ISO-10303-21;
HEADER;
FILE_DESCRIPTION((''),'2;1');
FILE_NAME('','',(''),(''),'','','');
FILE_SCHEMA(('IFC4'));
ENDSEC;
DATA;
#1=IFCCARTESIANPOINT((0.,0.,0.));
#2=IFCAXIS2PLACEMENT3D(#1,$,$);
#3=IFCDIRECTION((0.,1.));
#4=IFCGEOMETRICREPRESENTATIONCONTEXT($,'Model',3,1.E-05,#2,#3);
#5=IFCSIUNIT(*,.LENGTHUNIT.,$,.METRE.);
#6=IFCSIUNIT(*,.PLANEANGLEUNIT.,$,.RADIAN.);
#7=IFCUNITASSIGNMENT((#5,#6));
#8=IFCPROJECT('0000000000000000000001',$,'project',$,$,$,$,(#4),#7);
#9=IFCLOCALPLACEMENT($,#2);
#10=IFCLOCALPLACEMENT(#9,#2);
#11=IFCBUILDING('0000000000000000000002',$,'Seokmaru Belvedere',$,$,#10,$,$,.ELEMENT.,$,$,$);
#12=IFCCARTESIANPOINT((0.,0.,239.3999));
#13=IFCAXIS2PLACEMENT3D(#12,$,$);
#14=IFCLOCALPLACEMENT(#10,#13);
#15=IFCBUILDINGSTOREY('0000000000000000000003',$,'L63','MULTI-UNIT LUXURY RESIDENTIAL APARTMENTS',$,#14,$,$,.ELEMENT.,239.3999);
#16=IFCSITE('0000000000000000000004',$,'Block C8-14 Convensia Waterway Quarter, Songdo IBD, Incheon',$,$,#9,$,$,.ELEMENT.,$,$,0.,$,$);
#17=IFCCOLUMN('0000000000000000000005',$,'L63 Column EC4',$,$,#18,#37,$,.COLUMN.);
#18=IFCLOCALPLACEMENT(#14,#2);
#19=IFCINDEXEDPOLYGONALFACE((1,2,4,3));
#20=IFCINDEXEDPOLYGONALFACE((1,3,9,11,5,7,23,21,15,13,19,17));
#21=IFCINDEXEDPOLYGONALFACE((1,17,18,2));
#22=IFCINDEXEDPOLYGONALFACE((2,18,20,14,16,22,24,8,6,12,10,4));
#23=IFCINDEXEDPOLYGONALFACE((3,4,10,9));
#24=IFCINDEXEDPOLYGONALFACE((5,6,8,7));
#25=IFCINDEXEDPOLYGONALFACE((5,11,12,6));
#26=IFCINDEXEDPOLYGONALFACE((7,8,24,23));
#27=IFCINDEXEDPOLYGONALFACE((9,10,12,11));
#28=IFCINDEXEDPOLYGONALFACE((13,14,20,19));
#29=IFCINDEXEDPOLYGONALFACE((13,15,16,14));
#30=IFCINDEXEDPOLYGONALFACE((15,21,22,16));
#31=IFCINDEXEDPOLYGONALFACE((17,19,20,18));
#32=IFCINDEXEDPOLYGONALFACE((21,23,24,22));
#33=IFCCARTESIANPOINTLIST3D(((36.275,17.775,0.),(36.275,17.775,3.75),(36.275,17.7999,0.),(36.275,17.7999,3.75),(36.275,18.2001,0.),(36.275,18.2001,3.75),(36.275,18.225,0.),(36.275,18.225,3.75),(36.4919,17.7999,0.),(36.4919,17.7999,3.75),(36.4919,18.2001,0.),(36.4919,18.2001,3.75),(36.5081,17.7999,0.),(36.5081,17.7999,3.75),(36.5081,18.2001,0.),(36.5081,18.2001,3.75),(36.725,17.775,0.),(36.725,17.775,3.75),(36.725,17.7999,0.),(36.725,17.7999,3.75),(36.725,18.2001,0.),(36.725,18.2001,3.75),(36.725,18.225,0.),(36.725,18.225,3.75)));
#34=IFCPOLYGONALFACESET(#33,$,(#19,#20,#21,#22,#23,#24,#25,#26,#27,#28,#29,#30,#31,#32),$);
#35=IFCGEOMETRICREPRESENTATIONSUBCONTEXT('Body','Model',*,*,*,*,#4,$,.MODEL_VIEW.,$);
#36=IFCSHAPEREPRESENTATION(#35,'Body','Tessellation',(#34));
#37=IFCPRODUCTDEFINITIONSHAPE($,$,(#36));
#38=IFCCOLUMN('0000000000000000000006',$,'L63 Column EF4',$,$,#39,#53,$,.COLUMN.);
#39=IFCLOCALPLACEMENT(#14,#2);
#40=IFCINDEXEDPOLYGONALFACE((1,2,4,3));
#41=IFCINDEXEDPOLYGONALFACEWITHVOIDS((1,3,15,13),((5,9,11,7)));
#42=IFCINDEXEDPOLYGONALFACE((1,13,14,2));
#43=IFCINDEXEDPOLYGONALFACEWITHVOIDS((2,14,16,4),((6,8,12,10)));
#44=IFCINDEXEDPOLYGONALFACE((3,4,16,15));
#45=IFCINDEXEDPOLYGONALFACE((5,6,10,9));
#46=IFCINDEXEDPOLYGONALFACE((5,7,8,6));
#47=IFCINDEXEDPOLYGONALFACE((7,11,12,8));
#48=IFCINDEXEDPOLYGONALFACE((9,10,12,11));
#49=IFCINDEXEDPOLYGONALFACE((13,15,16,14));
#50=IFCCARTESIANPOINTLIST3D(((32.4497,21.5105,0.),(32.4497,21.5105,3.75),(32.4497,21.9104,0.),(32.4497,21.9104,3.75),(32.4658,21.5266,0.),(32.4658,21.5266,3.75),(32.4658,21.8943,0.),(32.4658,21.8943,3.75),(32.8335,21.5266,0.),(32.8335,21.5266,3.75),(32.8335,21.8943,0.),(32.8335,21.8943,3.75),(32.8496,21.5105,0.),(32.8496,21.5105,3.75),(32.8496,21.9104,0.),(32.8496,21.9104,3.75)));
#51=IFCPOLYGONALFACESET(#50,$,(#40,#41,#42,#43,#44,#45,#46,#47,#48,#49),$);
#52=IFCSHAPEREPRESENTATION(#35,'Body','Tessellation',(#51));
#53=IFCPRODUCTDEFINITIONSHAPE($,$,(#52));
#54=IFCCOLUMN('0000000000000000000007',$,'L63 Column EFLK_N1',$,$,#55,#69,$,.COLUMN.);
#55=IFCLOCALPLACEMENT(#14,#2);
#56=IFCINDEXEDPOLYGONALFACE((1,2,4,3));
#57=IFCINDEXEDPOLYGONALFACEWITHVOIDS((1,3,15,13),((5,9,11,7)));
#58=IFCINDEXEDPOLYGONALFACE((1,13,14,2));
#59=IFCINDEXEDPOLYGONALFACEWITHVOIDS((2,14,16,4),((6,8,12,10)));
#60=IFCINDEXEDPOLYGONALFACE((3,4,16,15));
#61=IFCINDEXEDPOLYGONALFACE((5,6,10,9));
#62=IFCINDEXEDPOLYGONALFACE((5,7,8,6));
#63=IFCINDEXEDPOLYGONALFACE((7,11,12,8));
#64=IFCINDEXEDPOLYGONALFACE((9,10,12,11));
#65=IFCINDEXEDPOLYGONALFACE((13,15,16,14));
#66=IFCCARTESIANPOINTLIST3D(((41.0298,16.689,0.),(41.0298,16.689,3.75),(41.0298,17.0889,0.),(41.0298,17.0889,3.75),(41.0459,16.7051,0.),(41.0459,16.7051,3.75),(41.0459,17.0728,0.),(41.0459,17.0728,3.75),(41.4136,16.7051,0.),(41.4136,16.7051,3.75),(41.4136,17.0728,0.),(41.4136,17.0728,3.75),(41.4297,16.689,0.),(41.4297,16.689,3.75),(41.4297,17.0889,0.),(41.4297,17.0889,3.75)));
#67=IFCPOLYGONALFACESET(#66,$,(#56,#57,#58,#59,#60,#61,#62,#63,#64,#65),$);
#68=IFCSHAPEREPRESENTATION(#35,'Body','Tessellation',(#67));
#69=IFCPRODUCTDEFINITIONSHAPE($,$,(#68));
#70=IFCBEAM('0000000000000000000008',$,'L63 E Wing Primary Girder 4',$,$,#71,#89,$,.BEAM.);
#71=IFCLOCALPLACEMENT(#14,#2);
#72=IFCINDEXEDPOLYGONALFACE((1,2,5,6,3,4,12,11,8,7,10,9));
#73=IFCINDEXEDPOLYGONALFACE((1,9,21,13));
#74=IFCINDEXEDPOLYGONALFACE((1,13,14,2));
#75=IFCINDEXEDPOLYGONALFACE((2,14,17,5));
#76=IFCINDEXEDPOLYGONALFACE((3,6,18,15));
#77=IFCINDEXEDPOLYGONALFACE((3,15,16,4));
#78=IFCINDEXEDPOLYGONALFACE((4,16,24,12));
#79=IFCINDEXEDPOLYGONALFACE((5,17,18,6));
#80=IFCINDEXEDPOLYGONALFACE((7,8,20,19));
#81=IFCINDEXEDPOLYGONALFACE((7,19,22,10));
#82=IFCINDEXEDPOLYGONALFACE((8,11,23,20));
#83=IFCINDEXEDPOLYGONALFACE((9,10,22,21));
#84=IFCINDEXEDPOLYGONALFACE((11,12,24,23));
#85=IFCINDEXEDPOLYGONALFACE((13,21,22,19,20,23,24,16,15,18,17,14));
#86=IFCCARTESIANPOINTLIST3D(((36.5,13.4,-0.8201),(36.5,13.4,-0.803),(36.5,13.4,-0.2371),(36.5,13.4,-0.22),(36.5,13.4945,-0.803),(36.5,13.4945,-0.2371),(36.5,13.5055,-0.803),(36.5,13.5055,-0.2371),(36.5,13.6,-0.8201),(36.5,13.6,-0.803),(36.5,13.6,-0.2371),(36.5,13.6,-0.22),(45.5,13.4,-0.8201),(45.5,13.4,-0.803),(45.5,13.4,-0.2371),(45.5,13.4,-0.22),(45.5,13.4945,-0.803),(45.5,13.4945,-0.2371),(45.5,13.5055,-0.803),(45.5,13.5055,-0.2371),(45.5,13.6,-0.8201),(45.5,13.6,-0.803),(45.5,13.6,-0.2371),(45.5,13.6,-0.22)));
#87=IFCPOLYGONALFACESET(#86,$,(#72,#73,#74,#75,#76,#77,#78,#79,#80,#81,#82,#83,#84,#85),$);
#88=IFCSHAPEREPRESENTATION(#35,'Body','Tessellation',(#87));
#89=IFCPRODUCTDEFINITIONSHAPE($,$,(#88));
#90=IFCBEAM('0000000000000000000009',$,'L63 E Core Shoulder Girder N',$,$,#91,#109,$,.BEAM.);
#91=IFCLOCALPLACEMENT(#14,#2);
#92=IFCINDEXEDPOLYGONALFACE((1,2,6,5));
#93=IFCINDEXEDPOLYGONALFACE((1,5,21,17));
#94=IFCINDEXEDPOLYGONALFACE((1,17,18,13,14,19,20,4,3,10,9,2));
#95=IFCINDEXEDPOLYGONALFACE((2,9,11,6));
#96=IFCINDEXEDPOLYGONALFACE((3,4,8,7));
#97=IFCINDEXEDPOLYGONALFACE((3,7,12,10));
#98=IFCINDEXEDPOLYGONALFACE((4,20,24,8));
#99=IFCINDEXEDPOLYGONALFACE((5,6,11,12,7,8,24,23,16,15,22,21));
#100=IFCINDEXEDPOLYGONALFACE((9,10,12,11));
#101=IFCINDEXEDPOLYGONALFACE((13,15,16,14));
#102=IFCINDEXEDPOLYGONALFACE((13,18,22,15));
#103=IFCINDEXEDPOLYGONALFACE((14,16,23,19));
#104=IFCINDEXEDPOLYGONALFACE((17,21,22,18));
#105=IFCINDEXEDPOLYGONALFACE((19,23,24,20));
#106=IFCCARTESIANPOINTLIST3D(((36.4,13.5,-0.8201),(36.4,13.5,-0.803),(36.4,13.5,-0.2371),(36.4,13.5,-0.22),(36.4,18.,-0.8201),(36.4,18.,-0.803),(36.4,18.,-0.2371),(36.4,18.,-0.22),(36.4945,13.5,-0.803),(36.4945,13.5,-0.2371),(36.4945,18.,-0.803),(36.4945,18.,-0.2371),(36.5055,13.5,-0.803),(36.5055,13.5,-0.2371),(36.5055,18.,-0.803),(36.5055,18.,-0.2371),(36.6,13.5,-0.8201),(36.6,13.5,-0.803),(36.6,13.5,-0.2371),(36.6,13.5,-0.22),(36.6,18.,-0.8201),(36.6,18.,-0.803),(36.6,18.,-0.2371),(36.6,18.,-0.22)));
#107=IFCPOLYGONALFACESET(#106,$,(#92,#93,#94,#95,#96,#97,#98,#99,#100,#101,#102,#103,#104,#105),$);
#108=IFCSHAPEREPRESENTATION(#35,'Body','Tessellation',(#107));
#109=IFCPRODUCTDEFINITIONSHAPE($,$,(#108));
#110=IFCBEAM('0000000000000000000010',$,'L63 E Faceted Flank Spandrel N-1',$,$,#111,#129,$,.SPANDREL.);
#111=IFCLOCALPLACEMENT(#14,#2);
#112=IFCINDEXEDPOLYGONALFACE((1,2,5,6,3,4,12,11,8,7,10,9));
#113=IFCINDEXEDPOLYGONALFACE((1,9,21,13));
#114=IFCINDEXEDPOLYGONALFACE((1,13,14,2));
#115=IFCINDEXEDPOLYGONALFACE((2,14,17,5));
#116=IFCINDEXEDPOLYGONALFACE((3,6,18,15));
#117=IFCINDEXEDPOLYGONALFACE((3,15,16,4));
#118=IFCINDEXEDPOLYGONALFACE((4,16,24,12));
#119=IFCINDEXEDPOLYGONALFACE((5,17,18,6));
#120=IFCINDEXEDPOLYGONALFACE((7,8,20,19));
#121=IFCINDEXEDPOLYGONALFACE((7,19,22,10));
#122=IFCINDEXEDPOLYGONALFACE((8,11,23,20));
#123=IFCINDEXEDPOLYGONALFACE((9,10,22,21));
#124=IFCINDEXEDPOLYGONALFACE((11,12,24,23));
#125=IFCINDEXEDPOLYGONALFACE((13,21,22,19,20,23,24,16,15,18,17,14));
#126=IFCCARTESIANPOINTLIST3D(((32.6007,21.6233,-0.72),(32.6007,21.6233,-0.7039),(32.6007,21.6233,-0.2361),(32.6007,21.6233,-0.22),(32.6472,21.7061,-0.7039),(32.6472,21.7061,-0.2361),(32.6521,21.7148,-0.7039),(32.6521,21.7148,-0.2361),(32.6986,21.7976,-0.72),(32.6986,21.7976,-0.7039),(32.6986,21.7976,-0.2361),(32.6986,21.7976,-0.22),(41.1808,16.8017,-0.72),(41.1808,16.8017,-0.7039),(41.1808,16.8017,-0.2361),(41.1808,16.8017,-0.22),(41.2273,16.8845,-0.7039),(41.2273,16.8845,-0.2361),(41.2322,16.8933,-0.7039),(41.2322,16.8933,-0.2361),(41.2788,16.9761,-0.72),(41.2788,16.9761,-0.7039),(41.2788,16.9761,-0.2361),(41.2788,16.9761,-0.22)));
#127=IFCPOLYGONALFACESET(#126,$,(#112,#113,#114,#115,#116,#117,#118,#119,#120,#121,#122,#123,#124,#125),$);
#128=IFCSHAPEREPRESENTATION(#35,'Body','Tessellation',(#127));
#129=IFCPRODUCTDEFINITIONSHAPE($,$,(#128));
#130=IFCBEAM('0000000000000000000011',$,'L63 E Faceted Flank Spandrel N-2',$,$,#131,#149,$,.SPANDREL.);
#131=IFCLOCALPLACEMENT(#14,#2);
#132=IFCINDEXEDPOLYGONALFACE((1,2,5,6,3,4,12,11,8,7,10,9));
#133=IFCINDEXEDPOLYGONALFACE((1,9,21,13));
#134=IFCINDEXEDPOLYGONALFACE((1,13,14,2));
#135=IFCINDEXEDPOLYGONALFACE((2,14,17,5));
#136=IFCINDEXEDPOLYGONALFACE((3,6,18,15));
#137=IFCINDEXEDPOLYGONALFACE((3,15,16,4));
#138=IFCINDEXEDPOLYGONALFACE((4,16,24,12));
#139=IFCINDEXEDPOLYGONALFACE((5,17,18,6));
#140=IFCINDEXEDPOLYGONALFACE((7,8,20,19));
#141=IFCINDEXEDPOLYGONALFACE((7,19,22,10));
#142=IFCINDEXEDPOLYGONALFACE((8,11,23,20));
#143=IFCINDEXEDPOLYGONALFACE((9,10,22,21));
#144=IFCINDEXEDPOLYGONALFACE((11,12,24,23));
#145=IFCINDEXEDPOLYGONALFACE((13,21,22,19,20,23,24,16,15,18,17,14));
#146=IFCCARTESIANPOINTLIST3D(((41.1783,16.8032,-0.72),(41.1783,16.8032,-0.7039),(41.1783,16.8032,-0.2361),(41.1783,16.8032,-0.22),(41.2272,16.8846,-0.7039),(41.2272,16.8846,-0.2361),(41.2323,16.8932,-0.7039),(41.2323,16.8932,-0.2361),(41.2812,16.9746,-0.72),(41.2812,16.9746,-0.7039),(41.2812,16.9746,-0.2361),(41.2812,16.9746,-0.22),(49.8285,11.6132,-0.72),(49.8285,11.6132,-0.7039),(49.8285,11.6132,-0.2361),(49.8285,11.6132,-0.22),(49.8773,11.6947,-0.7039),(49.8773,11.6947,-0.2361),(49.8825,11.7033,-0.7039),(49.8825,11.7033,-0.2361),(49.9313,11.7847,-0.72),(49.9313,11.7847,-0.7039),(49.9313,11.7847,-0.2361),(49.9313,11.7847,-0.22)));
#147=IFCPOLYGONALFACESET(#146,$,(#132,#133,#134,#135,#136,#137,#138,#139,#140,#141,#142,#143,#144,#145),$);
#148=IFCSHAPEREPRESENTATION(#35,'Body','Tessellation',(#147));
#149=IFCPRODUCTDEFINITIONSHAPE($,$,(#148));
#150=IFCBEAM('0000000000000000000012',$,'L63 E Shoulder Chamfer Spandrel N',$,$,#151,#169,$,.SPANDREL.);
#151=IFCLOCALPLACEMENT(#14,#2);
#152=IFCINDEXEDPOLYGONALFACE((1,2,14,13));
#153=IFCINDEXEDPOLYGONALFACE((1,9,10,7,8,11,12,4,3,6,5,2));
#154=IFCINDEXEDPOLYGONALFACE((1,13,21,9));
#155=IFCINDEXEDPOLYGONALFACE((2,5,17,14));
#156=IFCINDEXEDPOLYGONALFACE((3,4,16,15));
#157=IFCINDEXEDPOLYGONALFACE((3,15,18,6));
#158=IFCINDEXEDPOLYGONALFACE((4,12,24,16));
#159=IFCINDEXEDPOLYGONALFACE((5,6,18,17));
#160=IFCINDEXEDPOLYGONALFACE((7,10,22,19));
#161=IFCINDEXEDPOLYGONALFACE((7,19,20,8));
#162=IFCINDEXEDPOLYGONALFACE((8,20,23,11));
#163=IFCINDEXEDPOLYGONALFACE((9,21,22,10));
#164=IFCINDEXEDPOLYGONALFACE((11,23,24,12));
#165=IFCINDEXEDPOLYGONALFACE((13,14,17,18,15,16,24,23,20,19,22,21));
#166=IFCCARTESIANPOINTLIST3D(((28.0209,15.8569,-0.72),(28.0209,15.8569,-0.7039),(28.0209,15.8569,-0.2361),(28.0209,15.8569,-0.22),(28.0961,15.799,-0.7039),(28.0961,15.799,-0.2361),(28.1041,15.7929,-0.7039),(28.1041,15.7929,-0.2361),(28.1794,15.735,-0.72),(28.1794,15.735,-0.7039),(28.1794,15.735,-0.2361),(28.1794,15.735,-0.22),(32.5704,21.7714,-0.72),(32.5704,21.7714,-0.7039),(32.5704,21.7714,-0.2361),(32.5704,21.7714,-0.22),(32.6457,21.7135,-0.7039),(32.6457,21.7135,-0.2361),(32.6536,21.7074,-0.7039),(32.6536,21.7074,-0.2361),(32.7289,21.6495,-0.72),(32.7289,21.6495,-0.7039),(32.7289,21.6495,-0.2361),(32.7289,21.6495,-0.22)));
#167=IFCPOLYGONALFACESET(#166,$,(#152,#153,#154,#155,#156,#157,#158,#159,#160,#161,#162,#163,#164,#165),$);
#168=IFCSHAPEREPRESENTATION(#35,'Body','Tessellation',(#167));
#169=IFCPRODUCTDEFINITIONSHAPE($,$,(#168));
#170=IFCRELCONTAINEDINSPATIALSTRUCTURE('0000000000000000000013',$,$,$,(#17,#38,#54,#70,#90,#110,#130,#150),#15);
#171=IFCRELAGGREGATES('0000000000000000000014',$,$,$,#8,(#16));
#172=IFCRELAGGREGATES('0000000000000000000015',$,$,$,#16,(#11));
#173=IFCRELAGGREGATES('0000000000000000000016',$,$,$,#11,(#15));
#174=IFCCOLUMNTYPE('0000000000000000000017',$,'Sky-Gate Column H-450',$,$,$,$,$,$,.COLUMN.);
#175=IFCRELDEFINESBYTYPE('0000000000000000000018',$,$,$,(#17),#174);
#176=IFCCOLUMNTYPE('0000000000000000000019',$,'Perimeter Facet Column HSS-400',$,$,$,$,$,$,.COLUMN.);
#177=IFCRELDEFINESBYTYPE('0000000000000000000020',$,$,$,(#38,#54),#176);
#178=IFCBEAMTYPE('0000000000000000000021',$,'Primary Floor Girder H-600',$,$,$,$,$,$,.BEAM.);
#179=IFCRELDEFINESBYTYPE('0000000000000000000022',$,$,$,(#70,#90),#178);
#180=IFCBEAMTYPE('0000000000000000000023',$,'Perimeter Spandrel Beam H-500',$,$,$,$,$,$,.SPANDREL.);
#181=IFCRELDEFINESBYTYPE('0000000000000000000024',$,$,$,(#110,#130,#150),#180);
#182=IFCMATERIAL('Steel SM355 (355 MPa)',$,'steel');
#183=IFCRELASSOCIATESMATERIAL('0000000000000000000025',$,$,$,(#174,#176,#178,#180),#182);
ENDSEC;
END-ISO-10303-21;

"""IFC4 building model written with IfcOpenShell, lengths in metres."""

from ifc_helpers import new_model, si_unit, direction, frame, origin, origin_2d, place, context, subcontext, project, spatial, hollow_rectangle, i_section, extrude, source, transform, mapped, material, material_profile, profile_set, type_object, type_shapes, element, save


model = new_model("IFC4")

# Units and contexts
model_context = context("Model", 3, precision=1e-05, world=origin(), true_north=direction((0.0, 1.0)))
body_context = subcontext(model_context, "Body", "Model", "MODEL_VIEW")
ifc_project = project(units=[si_unit("LENGTHUNIT", "METRE"), si_unit("PLANEANGLEUNIT", "RADIAN")], contexts=[model_context])

# Site, building, storey
site_placement = place(None, origin())
site = spatial("IfcSite", under=ifc_project, at=site_placement, Name="Block C8-14 Convensia Waterway Quarter, Songdo IBD, Incheon", CompositionType="ELEMENT", RefElevation=0.0)
building_placement = place(site_placement, origin())
building = spatial("IfcBuilding", under=site, at=building_placement, Name="Seokmaru Belvedere", CompositionType="ELEMENT")
storey_placement = place(building_placement, frame((0.0, 0.0, 239.3999)))
storey = spatial("IfcBuildingStorey", under=building, at=storey_placement, Name="L63", Description="MULTI-UNIT LUXURY RESIDENTIAL APARTMENTS", CompositionType="ELEMENT", Elevation=239.3999)

# Columns
ifc_material_1 = material(Name="Steel SM355 (355 MPa)", Category="steel")
ifc_material_profile_1 = material_profile(ifc_material_1, i_section(OverallWidth=0.45, OverallDepth=0.45, WebThickness=0.0161, FlangeThickness=0.0249, at=origin_2d()), Name="H-450x450x16x25")
ifc_profile_set_1 = profile_set([ifc_material_profile_1], Name="Steel SM355 (355 MPa)")
column_type_1 = type_object("IfcColumnType", Name="Sky-Gate Column H-450", PredefinedType="COLUMN", material=ifc_profile_set_1)
shared_shape_1 = source(origin(), body_context, "Body", "SweptSolid", [
    extrude(i_section(OverallWidth=0.45, OverallDepth=0.45, WebThickness=0.0161, FlangeThickness=0.0249, at=origin_2d()), origin(), (0.0, 0.0, 1.0), 3.75),
])
type_shapes(column_type_1, [shared_shape_1])
column_placement = place(storey_placement, frame((36.5, 18.0, 0.0), z_axis=(0.0, 0.0, 1.0), x_axis=(1.0, 0.0, 0.0)))
element("IfcColumn", 1, at=column_placement, inside=storey, type_object=column_type_1, Name="L63 Column EC4", PredefinedType="COLUMN", context=body_context, shape_type="MappedRepresentation", body=[
    mapped(shared_shape_1, transform((0.0, 0.0, 0.0), scale=1.0)),
])
ifc_material_profile_2 = material_profile(ifc_material_1, hollow_rectangle(XDim=0.3999, YDim=0.3999, WallThickness=0.0161, at=origin_2d()), Name="HSS-400x400x16")
ifc_profile_set_2 = profile_set([ifc_material_profile_2], Name="Steel SM355 (355 MPa)")
column_type_2 = type_object("IfcColumnType", Name="Perimeter Facet Column HSS-400", PredefinedType="COLUMN", material=ifc_profile_set_2)
shared_shape_2 = source(origin(), body_context, "Body", "SweptSolid", [
    extrude(hollow_rectangle(XDim=0.3999, YDim=0.3999, WallThickness=0.0161, at=origin_2d()), origin(), (0.0, 0.0, 1.0), 3.75),
])
type_shapes(column_type_2, [shared_shape_2])
for number, where, z_axis, x_axis, name in (
    (2, (32.6497, 21.7104, 0.0), (0.0, 0.0, 1.0), (1.0, 0.0, 0.0), "L63 Column EF4"),
    (3, (41.2297, 16.8889, 0.0), (0.0, 0.0, 1.0), (1.0, 0.0, 0.0), "L63 Column EFLK_N1"),
):
    element("IfcColumn", number, at=place(storey_placement, frame(where, z_axis=z_axis, x_axis=x_axis)), inside=storey, type_object=column_type_2, Name=name, PredefinedType="COLUMN", context=body_context, shape_type="MappedRepresentation", body=[
        mapped(shared_shape_2, transform((0.0, 0.0, 0.0), scale=1.0)),
    ])

# Beams
ifc_material_profile_3 = material_profile(ifc_material_1, i_section(OverallWidth=0.2, OverallDepth=0.6001, WebThickness=0.011, FlangeThickness=0.0171, at=origin_2d()), Name="H-600x200x11x17")
ifc_profile_set_3 = profile_set([ifc_material_profile_3], Name="Steel SM355 (355 MPa)")
beam_type_1 = type_object("IfcBeamType", Name="Primary Floor Girder H-600", PredefinedType="BEAM", material=ifc_profile_set_3)
shared_shape_3 = source(origin(), body_context, "Body", "SweptSolid", [
    extrude(i_section(OverallWidth=0.2, OverallDepth=0.6001, WebThickness=0.011, FlangeThickness=0.0171, at=origin_2d()), origin(), (0.0, 0.0, 1.0), 9.0),
])
beam_1_placement = place(storey_placement, frame((36.5, 13.5, -0.52), z_axis=(1.0, 0.0, 0.0), x_axis=(0.0, 1.0, 0.0)))
element("IfcBeam", 4, at=beam_1_placement, inside=storey, type_object=beam_type_1, Name="L63 E Wing Primary Girder 4", PredefinedType="BEAM", context=body_context, shape_type="MappedRepresentation", body=[
    mapped(shared_shape_3, transform((0.0, 0.0, 0.0), scale=1.0)),
])
shared_shape_4 = source(origin(), body_context, "Body", "SweptSolid", [
    extrude(i_section(OverallWidth=0.2, OverallDepth=0.6001, WebThickness=0.011, FlangeThickness=0.0171, at=origin_2d()), origin(), (0.0, 0.0, 1.0), 4.5),
])
beam_2_placement = place(storey_placement, frame((36.5, 13.5, -0.52), z_axis=(0.0, 1.0, 0.0), x_axis=(-1.0, 0.0, 0.0)))
element("IfcBeam", 5, at=beam_2_placement, inside=storey, type_object=beam_type_1, Name="L63 E Core Shoulder Girder N", PredefinedType="BEAM", context=body_context, shape_type="MappedRepresentation", body=[
    mapped(shared_shape_4, transform((0.0, 0.0, 0.0), scale=1.0)),
])
ifc_material_profile_4 = material_profile(ifc_material_1, i_section(OverallWidth=0.2, OverallDepth=0.5, WebThickness=0.01, FlangeThickness=0.0161, at=origin_2d()), Name="H-500x200x10x16")
ifc_profile_set_4 = profile_set([ifc_material_profile_4], Name="Steel SM355 (355 MPa)")
beam_type_2 = type_object("IfcBeamType", Name="Perimeter Spandrel Beam H-500", PredefinedType="SPANDREL", material=ifc_profile_set_4)
shared_shape_5 = source(origin(), body_context, "Body", "SweptSolid", [
    extrude(i_section(OverallWidth=0.2, OverallDepth=0.5, WebThickness=0.01, FlangeThickness=0.0161, at=origin_2d()), origin(), (0.0, 0.0, 1.0), 9.842),
])
beam_3_placement = place(storey_placement, frame((32.6497, 21.7104, -0.47), z_axis=(0.871782, -0.489894, 0.0), x_axis=(0.489894, 0.871782, 0.0)))
element("IfcBeam", 6, at=beam_3_placement, inside=storey, type_object=beam_type_2, Name="L63 E Faceted Flank Spandrel N-1", PredefinedType="SPANDREL", context=body_context, shape_type="MappedRepresentation", body=[
    mapped(shared_shape_5, transform((0.0, 0.0, 0.0), scale=1.0)),
])
shared_shape_6 = source(origin(), body_context, "Body", "SweptSolid", [
    extrude(i_section(OverallWidth=0.2, OverallDepth=0.5, WebThickness=0.01, FlangeThickness=0.0161, at=origin_2d()), origin(), (0.0, 0.0, 1.0), 10.0876),
])
beam_4_placement = place(storey_placement, frame((41.2297, 16.8889, -0.47), z_axis=(0.857499, -0.514485, 0.0), x_axis=(0.514485, 0.857499, 0.0)))
element("IfcBeam", 7, at=beam_4_placement, inside=storey, type_object=beam_type_2, Name="L63 E Faceted Flank Spandrel N-2", PredefinedType="SPANDREL", context=body_context, shape_type="MappedRepresentation", body=[
    mapped(shared_shape_6, transform((0.0, 0.0, 0.0), scale=1.0)),
])
shared_shape_7 = source(origin(), body_context, "Body", "SweptSolid", [
    extrude(i_section(OverallWidth=0.2, OverallDepth=0.5, WebThickness=0.01, FlangeThickness=0.0161, at=origin_2d()), origin(), (0.0, 0.0, 1.0), 7.4619),
])
type_shapes(beam_type_2, [shared_shape_5, shared_shape_6, shared_shape_7])
beam_5_placement = place(storey_placement, frame((32.6497, 21.7104, -0.47), z_axis=(-0.609703, -0.79263, 0.0), x_axis=(0.79263, -0.609703, 0.0)))
element("IfcBeam", 8, at=beam_5_placement, inside=storey, type_object=beam_type_2, Name="L63 E Shoulder Chamfer Spandrel N", PredefinedType="SPANDREL", context=body_context, shape_type="MappedRepresentation", body=[
    mapped(shared_shape_7, transform((0.0, 0.0, 0.0), scale=1.0)),
])

save(model, "model.ifc")
